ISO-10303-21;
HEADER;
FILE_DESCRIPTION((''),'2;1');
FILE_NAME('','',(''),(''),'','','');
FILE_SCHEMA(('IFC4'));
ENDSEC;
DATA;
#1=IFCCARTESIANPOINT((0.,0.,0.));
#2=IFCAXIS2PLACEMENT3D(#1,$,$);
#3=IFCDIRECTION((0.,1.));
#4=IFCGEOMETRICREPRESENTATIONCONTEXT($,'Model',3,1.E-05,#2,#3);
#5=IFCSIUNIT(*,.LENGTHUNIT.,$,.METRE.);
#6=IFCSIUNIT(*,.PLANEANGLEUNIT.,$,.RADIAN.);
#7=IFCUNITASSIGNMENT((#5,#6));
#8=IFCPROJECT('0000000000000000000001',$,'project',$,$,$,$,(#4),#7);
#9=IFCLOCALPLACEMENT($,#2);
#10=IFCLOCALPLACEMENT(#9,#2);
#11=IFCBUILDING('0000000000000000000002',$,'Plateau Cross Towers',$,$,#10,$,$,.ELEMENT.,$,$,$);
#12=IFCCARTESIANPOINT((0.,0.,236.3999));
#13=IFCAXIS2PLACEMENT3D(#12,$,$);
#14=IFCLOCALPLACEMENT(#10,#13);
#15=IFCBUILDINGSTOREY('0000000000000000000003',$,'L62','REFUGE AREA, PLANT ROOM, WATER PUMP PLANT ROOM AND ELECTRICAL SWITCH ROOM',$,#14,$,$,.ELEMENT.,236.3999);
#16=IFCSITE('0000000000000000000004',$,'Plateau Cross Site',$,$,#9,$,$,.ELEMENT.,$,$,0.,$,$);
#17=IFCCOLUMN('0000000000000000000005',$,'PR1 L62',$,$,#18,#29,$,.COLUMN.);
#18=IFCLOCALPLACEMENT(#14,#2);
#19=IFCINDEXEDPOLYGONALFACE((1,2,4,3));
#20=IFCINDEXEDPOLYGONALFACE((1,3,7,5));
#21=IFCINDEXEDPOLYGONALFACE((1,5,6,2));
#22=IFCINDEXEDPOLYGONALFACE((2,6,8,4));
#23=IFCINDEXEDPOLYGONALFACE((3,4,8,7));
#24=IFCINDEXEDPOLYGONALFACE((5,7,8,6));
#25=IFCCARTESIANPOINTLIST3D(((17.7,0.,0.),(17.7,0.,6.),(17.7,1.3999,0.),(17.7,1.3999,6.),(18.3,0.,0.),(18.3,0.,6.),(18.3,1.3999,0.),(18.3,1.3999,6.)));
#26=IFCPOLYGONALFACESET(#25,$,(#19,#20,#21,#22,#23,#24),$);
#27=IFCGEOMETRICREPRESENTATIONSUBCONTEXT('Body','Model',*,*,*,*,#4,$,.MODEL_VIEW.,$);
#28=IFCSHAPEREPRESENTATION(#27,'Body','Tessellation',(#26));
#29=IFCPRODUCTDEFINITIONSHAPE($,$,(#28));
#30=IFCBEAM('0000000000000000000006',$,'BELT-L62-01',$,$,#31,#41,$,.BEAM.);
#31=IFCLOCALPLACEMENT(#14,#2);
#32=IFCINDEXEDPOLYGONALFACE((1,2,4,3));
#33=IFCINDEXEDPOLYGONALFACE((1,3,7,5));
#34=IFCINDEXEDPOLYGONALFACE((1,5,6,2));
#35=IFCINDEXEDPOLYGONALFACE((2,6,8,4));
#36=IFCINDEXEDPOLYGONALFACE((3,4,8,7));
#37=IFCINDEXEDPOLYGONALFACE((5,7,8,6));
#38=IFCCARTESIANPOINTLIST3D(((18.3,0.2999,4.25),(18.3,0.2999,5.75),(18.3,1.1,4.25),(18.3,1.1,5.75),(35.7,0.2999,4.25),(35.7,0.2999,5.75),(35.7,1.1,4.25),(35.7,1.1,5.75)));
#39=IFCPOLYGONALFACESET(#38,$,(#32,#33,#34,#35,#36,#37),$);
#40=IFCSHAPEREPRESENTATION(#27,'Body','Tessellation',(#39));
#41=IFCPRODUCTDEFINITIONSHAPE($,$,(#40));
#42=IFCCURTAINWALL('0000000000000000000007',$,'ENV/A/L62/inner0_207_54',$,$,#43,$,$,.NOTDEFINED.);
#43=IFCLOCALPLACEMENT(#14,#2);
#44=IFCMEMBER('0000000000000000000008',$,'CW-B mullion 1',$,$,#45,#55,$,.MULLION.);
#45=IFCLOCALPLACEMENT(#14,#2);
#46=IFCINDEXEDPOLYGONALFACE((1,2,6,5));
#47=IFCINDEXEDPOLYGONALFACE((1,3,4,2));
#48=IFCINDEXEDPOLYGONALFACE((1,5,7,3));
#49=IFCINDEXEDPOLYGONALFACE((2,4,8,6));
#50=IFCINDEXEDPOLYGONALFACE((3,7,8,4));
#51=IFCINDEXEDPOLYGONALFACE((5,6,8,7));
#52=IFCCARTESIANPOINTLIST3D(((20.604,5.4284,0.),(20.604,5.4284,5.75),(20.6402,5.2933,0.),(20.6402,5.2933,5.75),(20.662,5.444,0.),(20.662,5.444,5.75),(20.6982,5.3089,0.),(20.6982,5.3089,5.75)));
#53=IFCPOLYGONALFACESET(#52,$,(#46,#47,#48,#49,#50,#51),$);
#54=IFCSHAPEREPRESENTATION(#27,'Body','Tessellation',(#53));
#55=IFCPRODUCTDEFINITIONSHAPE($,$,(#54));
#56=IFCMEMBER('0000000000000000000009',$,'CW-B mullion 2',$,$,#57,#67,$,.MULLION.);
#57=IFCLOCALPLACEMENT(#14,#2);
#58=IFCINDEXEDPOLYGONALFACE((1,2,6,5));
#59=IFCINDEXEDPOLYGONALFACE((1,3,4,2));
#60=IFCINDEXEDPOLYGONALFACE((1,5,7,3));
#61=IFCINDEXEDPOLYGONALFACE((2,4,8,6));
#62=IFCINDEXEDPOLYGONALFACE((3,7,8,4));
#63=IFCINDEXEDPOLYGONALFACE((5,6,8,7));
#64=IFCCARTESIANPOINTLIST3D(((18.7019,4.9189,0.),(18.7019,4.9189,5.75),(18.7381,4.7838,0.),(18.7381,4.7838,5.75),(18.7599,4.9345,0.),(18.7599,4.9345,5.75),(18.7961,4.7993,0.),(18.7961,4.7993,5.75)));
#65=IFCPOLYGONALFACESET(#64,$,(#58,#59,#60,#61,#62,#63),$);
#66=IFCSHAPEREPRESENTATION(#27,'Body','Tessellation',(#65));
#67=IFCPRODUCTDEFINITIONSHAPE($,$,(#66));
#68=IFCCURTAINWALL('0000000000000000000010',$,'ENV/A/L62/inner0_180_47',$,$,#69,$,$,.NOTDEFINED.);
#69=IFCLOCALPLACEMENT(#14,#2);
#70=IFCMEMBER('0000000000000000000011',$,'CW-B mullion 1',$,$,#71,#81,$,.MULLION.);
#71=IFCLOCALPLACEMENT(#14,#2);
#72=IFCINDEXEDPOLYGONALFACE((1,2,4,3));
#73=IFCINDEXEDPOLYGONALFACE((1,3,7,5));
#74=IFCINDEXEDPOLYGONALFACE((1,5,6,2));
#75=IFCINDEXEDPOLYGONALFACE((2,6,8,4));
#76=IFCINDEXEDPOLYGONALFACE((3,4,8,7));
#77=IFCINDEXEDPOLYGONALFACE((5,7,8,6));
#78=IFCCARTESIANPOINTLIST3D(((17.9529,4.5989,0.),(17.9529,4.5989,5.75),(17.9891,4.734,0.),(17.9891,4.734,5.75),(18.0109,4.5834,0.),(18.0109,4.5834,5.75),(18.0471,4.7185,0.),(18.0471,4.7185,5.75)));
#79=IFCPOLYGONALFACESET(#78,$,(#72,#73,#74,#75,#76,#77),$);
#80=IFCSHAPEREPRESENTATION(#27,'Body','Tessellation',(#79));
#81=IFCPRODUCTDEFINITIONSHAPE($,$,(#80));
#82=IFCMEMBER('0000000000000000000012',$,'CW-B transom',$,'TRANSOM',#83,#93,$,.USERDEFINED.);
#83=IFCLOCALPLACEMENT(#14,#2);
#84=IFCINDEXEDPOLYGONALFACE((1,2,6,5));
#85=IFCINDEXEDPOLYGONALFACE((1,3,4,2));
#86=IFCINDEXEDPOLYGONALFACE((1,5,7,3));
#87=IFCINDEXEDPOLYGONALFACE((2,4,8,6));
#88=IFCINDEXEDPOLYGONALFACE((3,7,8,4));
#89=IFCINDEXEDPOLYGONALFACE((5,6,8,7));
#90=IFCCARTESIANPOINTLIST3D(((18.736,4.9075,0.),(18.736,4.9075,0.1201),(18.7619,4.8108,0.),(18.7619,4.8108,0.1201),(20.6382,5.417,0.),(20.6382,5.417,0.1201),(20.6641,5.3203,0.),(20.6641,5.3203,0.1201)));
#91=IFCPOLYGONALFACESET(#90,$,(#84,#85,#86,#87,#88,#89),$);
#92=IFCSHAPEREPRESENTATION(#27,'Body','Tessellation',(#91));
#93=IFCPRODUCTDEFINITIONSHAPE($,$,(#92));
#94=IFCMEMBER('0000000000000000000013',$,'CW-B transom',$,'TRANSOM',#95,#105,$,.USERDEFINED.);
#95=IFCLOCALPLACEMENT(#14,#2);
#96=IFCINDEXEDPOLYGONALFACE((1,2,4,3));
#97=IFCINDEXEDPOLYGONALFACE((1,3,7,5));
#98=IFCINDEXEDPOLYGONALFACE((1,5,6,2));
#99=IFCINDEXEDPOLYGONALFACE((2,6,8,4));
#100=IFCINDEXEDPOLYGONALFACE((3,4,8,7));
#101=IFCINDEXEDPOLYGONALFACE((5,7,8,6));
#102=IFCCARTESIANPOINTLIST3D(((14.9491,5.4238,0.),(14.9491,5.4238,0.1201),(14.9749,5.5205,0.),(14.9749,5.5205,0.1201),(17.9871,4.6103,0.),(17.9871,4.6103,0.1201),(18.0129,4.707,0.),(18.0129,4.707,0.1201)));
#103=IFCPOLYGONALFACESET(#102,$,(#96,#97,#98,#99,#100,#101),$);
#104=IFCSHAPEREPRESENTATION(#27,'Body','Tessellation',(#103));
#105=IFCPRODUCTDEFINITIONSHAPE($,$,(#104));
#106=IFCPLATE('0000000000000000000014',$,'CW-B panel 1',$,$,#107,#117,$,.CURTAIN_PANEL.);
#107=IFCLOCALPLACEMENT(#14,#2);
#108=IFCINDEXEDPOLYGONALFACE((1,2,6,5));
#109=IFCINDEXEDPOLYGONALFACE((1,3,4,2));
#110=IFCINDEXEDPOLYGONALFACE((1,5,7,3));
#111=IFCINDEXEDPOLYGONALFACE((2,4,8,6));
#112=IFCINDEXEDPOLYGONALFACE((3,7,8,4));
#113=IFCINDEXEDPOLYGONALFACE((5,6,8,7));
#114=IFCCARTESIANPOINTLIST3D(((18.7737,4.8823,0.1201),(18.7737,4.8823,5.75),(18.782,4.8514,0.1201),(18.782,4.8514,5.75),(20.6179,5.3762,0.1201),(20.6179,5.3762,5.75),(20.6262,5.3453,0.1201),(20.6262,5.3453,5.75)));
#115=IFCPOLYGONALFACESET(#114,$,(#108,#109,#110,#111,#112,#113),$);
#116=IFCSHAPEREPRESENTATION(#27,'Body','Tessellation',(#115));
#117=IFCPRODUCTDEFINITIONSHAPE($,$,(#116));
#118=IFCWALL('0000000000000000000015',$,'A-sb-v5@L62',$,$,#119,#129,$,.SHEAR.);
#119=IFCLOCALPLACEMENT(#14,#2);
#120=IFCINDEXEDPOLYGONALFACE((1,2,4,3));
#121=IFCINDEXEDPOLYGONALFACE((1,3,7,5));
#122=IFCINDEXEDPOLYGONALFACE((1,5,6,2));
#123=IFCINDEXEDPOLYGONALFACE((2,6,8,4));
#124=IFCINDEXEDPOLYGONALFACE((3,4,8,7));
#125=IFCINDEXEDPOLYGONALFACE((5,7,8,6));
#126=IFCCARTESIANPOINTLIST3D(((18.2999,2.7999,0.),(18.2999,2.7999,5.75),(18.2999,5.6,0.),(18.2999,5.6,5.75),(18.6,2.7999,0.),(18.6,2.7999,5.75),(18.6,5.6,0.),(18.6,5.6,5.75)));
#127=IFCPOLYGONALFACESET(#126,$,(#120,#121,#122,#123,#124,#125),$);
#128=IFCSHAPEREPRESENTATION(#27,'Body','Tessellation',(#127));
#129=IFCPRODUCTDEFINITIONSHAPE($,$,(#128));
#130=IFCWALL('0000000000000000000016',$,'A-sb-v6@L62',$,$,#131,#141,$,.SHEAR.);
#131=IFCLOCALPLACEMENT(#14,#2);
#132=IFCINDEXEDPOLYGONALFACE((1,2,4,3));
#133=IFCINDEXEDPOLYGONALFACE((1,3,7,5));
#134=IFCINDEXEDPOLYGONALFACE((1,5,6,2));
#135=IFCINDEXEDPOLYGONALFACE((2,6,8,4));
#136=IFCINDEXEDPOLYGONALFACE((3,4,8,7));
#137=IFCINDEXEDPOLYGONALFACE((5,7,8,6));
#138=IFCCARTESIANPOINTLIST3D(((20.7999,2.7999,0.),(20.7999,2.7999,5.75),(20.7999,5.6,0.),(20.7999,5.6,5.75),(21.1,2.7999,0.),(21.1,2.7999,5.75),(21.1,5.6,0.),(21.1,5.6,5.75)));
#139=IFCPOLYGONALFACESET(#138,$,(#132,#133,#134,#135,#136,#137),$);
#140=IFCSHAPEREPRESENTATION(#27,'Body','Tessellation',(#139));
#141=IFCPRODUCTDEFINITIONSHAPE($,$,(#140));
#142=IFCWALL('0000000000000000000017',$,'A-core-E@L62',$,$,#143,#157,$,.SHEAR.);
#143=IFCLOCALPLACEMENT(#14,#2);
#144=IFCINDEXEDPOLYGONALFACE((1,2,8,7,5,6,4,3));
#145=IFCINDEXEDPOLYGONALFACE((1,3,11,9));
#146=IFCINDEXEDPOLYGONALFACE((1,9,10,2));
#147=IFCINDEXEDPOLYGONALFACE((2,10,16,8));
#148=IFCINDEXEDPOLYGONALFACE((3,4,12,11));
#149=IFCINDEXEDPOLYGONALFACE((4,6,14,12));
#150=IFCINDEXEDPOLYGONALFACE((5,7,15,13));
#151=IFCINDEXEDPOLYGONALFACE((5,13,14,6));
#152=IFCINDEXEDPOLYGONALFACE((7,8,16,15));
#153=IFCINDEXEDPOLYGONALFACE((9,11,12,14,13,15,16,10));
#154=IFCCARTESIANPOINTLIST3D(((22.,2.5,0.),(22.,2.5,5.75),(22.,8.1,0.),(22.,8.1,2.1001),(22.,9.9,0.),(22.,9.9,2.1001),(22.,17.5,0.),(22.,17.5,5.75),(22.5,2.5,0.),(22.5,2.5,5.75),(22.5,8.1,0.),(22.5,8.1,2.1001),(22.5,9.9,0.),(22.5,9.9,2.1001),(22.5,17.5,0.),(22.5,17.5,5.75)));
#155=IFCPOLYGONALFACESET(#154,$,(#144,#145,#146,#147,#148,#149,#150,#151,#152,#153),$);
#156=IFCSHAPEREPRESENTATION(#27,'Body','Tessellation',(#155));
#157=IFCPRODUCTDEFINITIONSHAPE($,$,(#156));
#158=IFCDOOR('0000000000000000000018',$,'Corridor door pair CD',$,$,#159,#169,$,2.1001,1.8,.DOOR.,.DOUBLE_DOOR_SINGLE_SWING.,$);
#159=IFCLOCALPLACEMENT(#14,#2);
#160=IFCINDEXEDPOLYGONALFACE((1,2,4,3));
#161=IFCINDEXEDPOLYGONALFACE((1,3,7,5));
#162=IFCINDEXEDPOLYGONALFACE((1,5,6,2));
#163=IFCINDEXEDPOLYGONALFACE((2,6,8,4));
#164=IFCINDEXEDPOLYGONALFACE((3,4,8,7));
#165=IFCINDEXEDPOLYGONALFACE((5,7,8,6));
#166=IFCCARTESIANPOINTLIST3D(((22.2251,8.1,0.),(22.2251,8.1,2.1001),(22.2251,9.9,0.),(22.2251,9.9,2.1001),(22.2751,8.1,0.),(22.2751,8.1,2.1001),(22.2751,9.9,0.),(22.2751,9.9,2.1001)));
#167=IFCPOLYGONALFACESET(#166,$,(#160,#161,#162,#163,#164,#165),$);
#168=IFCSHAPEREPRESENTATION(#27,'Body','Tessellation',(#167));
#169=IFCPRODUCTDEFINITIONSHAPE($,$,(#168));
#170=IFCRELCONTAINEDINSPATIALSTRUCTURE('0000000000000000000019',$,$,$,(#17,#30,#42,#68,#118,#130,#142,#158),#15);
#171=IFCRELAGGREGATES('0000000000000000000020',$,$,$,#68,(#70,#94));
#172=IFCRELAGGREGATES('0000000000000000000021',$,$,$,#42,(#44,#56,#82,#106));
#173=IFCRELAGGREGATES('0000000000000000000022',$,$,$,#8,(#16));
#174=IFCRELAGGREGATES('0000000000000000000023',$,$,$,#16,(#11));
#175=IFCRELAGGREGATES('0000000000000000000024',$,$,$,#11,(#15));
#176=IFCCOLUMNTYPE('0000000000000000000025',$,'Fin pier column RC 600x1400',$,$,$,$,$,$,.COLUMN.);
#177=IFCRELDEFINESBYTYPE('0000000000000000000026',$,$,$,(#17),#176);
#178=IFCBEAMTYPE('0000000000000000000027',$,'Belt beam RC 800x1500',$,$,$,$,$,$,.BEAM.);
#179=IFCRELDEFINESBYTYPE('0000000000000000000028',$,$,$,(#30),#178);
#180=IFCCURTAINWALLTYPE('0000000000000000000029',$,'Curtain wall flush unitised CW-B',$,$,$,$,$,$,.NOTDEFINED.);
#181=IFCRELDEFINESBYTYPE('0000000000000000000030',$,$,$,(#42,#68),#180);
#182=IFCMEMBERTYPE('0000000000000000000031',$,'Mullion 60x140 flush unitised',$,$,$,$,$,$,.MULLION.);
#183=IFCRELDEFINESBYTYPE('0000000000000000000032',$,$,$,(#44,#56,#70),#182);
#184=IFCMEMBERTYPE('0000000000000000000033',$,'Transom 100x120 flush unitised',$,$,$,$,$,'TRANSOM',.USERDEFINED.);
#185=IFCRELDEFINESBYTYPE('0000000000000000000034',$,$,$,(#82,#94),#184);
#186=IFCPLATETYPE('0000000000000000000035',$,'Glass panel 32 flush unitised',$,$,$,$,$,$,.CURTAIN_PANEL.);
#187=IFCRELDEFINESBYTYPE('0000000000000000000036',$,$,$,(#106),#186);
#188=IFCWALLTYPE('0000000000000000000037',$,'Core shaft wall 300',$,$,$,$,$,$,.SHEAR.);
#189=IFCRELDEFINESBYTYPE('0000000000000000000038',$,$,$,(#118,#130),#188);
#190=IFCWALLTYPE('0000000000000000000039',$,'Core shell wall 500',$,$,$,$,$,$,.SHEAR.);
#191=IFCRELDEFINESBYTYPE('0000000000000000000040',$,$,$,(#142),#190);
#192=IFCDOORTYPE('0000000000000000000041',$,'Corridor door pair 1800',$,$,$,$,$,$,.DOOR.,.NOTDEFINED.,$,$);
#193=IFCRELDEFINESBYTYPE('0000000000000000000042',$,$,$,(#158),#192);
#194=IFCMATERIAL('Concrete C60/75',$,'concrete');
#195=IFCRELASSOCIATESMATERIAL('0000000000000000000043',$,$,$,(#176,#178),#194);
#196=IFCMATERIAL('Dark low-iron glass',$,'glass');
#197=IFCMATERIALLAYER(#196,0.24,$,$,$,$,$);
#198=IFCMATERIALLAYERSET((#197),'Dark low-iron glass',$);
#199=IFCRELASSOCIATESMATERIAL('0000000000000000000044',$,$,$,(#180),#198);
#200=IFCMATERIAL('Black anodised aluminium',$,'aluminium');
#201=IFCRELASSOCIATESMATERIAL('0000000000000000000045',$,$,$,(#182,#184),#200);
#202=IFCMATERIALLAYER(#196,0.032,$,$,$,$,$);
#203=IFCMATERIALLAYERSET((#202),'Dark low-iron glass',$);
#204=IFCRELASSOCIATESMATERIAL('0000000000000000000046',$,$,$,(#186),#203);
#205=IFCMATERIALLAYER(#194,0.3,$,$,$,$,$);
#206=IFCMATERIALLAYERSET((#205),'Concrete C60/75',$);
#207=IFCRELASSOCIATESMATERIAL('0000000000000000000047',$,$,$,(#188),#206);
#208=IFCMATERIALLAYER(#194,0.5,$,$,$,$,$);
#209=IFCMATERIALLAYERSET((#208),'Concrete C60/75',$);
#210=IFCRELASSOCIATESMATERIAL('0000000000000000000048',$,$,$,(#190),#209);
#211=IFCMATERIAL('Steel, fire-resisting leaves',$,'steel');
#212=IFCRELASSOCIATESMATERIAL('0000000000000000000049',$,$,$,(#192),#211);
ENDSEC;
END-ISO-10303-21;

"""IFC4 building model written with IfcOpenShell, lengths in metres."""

from ifc_helpers import new_model, si_unit, direction, frame, frame_2d, origin, origin_2d, place, context, subcontext, project, spatial, rectangle, extrude, material, layer, layer_set, material_profile, profile_set, type_object, element, fill, aggregate, save


model = new_model("IFC4")

# Units and contexts
model_context = context("Model", 3, precision=1e-05, world=origin(), true_north=direction((0.0, 1.0)))
body_context = subcontext(model_context, "Body", "Model", "MODEL_VIEW")
ifc_project = project(units=[si_unit("LENGTHUNIT", "METRE"), si_unit("PLANEANGLEUNIT", "RADIAN")], contexts=[model_context])

# Site, building, storey
site_placement = place(None, origin())
site = spatial("IfcSite", under=ifc_project, at=site_placement, Name="Plateau Cross Site", CompositionType="ELEMENT", RefElevation=0.0)
building_placement = place(site_placement, origin())
building = spatial("IfcBuilding", under=site, at=building_placement, Name="Plateau Cross Towers", CompositionType="ELEMENT")
storey_placement = place(building_placement, frame((0.0, 0.0, 236.3999)))
storey = spatial("IfcBuildingStorey", under=building, at=storey_placement, Name="L62", Description="REFUGE AREA, PLANT ROOM, WATER PUMP PLANT ROOM AND ELECTRICAL SWITCH ROOM", CompositionType="ELEMENT", Elevation=236.3999)

# Column
ifc_material_1 = material(Name="Concrete C60/75", Category="concrete")
ifc_material_profile_1 = material_profile(ifc_material_1, rectangle(XDim=0.6001, YDim=1.3999, at=origin_2d()), Name="RC 600x1400")
ifc_profile_set_1 = profile_set([ifc_material_profile_1], Name="Concrete C60/75")
column_type = type_object("IfcColumnType", Name="Fin pier column RC 600x1400", PredefinedType="COLUMN", material=ifc_profile_set_1)
column_placement = place(storey_placement, frame((18.0, 0.7, 0.0), z_axis=(0.0, 0.0, 1.0), x_axis=(1.0, 0.0, 0.0)))
element("IfcColumn", 1, at=column_placement, inside=storey, type_object=column_type, Name="PR1 L62", PredefinedType="COLUMN", context=body_context, shape_type="SweptSolid", body=[
    extrude(rectangle(XDim=0.6001, YDim=1.3999, at=origin_2d()), origin(), (0.0, 0.0, 1.0), 6.0),
])

# Beam
ifc_material_profile_2 = material_profile(ifc_material_1, rectangle(XDim=0.8, YDim=1.5, at=origin_2d()), Name="RC 800x1500")
ifc_profile_set_2 = profile_set([ifc_material_profile_2], Name="Concrete C60/75")
beam_type = type_object("IfcBeamType", Name="Belt beam RC 800x1500", PredefinedType="BEAM", material=ifc_profile_set_2)
beam_placement = place(storey_placement, frame((18.3, 0.7, 5.0), z_axis=(1.0, 0.0, 0.0), x_axis=(0.0, 1.0, 0.0)))
element("IfcBeam", 2, at=beam_placement, inside=storey, type_object=beam_type, Name="BELT-L62-01", PredefinedType="BEAM", context=body_context, shape_type="SweptSolid", body=[
    extrude(rectangle(XDim=0.8, YDim=1.5, at=origin_2d()), origin(), (0.0, 0.0, 1.0), 17.3999),
])

# Curtain wall, members
ifc_material_2 = material(Name="Dark low-iron glass", Category="glass")
ifc_layer_1 = layer(ifc_material_2, 0.24)
ifc_layer_set_1 = layer_set([ifc_layer_1], Name="Dark low-iron glass")
curtain_wall_type = type_object("IfcCurtainWallType", Name="Curtain wall flush unitised CW-B", PredefinedType="NOTDEFINED", material=ifc_layer_set_1)
curtain_wall_1_placement = place(storey_placement, origin())
curtain_wall_1 = element("IfcCurtainWall", 3, at=curtain_wall_1_placement, inside=storey, type_object=curtain_wall_type, Name="ENV/A/L62/inner0_207_54", PredefinedType="NOTDEFINED")
ifc_material_3 = material(Name="Black anodised aluminium", Category="aluminium")
ifc_material_profile_3 = material_profile(ifc_material_3, rectangle(XDim=0.0601, YDim=0.1399, at=origin_2d()), Name="MULLION 60x140")
ifc_profile_set_3 = profile_set([ifc_material_profile_3], Name="Black anodised aluminium")
member_type_1 = type_object("IfcMemberType", Name="Mullion 60x140 flush unitised", PredefinedType="MULLION", material=ifc_profile_set_3)
member_1_placement = place(storey_placement, frame((20.6511, 5.3687, 0.0), z_axis=(0.0, 0.0, 1.0), x_axis=(-0.965958, -0.258699, 0.0)))
member_1 = element("IfcMember", 4, at=member_1_placement, type_object=member_type_1, Name="CW-B mullion 1", PredefinedType="MULLION", context=body_context, shape_type="SweptSolid", body=[
    extrude(rectangle(XDim=0.0601, YDim=0.1399, at=origin_2d()), origin(), (0.0, 0.0, 1.0), 5.75),
])
member_2_placement = place(storey_placement, frame((18.749, 4.8591, 0.0), z_axis=(0.0, 0.0, 1.0), x_axis=(-0.965958, -0.258699, 0.0)))
member_2 = element("IfcMember", 5, at=member_2_placement, type_object=member_type_1, Name="CW-B mullion 2", PredefinedType="MULLION", context=body_context, shape_type="SweptSolid", body=[
    extrude(rectangle(XDim=0.0601, YDim=0.1399, at=origin_2d()), origin(), (0.0, 0.0, 1.0), 5.75),
])

# Curtain wall, member
curtain_wall_2_placement = place(storey_placement, origin())
curtain_wall_2 = element("IfcCurtainWall", 6, at=curtain_wall_2_placement, inside=storey, type_object=curtain_wall_type, Name="ENV/A/L62/inner0_180_47", PredefinedType="NOTDEFINED")
member_3_placement = place(storey_placement, frame((18.0, 4.6587, 0.0), z_axis=(0.0, 0.0, 1.0), x_axis=(-0.965958, 0.258699, 0.0)))
member_3 = element("IfcMember", 7, at=member_3_placement, type_object=member_type_1, Name="CW-B mullion 1", PredefinedType="MULLION", context=body_context, shape_type="SweptSolid", body=[
    extrude(rectangle(XDim=0.0601, YDim=0.1399, at=origin_2d()), origin(), (0.0, 0.0, 1.0), 5.75),
])

# Members
ifc_material_profile_4 = material_profile(ifc_material_3, rectangle(XDim=0.1001, YDim=0.1201, at=origin_2d()), Name="TRANSOM 100x120")
ifc_profile_set_4 = profile_set([ifc_material_profile_4], Name="Black anodised aluminium")
member_type_2 = type_object("IfcMemberType", Name="Transom 100x120 flush unitised", ElementType="TRANSOM", PredefinedType="USERDEFINED", material=ifc_profile_set_4)
member_4_placement = place(storey_placement, frame((20.6511, 5.3687, 0.0601), z_axis=(-0.965944, -0.258751, 0.0), x_axis=(0.258751, -0.965944, 0.0)))
member_4 = element("IfcMember", 8, at=member_4_placement, type_object=member_type_2, Name="CW-B transom", ObjectType="TRANSOM", PredefinedType="USERDEFINED", context=body_context, shape_type="SweptSolid", body=[
    extrude(rectangle(XDim=0.1001, YDim=0.1201, at=origin_2d()), origin(), (0.0, 0.0, 1.0), 1.9692),
])
member_5_placement = place(storey_placement, frame((18.0, 4.6587, 0.0601), z_axis=(-0.965972, 0.258648, 0.0), x_axis=(-0.258648, -0.965972, 0.0)))
member_5 = element("IfcMember", 9, at=member_5_placement, type_object=member_type_2, Name="CW-B transom", ObjectType="TRANSOM", PredefinedType="USERDEFINED", context=body_context, shape_type="SweptSolid", body=[
    extrude(rectangle(XDim=0.1001, YDim=0.1201, at=origin_2d()), origin(), (0.0, 0.0, 1.0), 3.145),
])
aggregate(curtain_wall_2, [member_3, member_5])

# Plate
ifc_layer_2 = layer(ifc_material_2, 0.032)
ifc_layer_set_2 = layer_set([ifc_layer_2], Name="Dark low-iron glass")
plate_type = type_object("IfcPlateType", Name="Glass panel 32 flush unitised", PredefinedType="CURTAIN_PANEL", material=ifc_layer_set_2)
plate_placement = place(storey_placement, frame((19.7, 5.1138, 0.1201), z_axis=(0.0, 0.0, 1.0), x_axis=(-0.965958, -0.258699, 0.0)))
plate = element("IfcPlate", 10, at=plate_placement, type_object=plate_type, Name="CW-B panel 1", PredefinedType="CURTAIN_PANEL", context=body_context, shape_type="SweptSolid", body=[
    extrude(rectangle(XDim=1.9092, YDim=0.032, at=origin_2d()), origin(), (0.0, 0.0, 1.0), 5.6299),
])
aggregate(curtain_wall_1, [member_1, member_2, member_4, plate])

# Walls
ifc_layer_3 = layer(ifc_material_1, 0.3)
ifc_layer_set_3 = layer_set([ifc_layer_3], Name="Concrete C60/75")
wall_type_1 = type_object("IfcWallType", Name="Core shaft wall 300", PredefinedType="SHEAR", material=ifc_layer_set_3)
for number, where, z_axis, x_axis, name in (
    (11, (18.45, 2.8, 0.0), (0.0, 0.0, 1.0), (0.0, 1.0, 0.0), "A-sb-v5@L62"),
    (12, (20.95, 2.8, 0.0), (0.0, 0.0, 1.0), (0.0, 1.0, 0.0), "A-sb-v6@L62"),
):
    element("IfcWall", number, at=place(storey_placement, frame(where, z_axis=z_axis, x_axis=x_axis)), inside=storey, type_object=wall_type_1, Name=name, PredefinedType="SHEAR", context=body_context, shape_type="SweptSolid", body=[
        extrude(rectangle(XDim=2.8, YDim=0.3, at=frame_2d((1.3999, 0.0))), origin(), (0.0, 0.0, 1.0), 5.75),
    ])

# Wall, opening, door
ifc_layer_4 = layer(ifc_material_1, 0.5)
ifc_layer_set_4 = layer_set([ifc_layer_4], Name="Concrete C60/75")
wall_type_2 = type_object("IfcWallType", Name="Core shell wall 500", PredefinedType="SHEAR", material=ifc_layer_set_4)
wall_1_placement = place(storey_placement, frame((22.25, 2.5, 0.0), z_axis=(0.0, 0.0, 1.0), x_axis=(0.0, 1.0, 0.0)))
wall_1 = element("IfcWall", 13, at=wall_1_placement, inside=storey, type_object=wall_type_2, Name="A-core-E@L62", PredefinedType="SHEAR", context=body_context, shape_type="SweptSolid", body=[
    extrude(rectangle(XDim=15.0, YDim=0.5, at=frame_2d((7.5, 0.0))), origin(), (0.0, 0.0, 1.0), 5.75),
])
opening_1_placement = place(wall_1_placement, frame((5.6001, 0.0, 0.0)))
opening_1 = element("IfcOpeningElement", 14, at=opening_1_placement, cuts=wall_1, PredefinedType="OPENING", context=body_context, shape_type="SweptSolid", body=[
    extrude(rectangle(XDim=1.8, YDim=2.1001, at=frame_2d((0.8999, 1.05))), frame((0.0, 0.26, 0.0), z_axis=(0.0, -1.0, 0.0), x_axis=(1.0, 0.0, 0.0)), (0.0, 0.0, 1.0), 0.52),
])
ifc_material_4 = material(Name="Steel, fire-resisting leaves", Category="steel")
door_type_1 = type_object("IfcDoorType", Name="Corridor door pair 1800", OperationType="NOTDEFINED", PredefinedType="DOOR", material=ifc_material_4)
door_1_placement = place(opening_1_placement, origin())
door_1 = element("IfcDoor", 15, at=door_1_placement, inside=storey, type_object=door_type_1, Name="Corridor door pair CD", OperationType="DOUBLE_DOOR_SINGLE_SWING", OverallHeight=2.1001, OverallWidth=1.8, PredefinedType="DOOR", context=body_context, shape_type="SweptSolid", body=[
    extrude(rectangle(XDim=1.8, YDim=2.1001, at=frame_2d((0.8999, 1.05))), frame((0.0, 0.0249, 0.0), z_axis=(0.0, -1.0, 0.0), x_axis=(1.0, 0.0, 0.0)), (0.0, 0.0, 1.0), 0.05),
])
fill(opening_1, door_1)

save(model, "model.ifc")
